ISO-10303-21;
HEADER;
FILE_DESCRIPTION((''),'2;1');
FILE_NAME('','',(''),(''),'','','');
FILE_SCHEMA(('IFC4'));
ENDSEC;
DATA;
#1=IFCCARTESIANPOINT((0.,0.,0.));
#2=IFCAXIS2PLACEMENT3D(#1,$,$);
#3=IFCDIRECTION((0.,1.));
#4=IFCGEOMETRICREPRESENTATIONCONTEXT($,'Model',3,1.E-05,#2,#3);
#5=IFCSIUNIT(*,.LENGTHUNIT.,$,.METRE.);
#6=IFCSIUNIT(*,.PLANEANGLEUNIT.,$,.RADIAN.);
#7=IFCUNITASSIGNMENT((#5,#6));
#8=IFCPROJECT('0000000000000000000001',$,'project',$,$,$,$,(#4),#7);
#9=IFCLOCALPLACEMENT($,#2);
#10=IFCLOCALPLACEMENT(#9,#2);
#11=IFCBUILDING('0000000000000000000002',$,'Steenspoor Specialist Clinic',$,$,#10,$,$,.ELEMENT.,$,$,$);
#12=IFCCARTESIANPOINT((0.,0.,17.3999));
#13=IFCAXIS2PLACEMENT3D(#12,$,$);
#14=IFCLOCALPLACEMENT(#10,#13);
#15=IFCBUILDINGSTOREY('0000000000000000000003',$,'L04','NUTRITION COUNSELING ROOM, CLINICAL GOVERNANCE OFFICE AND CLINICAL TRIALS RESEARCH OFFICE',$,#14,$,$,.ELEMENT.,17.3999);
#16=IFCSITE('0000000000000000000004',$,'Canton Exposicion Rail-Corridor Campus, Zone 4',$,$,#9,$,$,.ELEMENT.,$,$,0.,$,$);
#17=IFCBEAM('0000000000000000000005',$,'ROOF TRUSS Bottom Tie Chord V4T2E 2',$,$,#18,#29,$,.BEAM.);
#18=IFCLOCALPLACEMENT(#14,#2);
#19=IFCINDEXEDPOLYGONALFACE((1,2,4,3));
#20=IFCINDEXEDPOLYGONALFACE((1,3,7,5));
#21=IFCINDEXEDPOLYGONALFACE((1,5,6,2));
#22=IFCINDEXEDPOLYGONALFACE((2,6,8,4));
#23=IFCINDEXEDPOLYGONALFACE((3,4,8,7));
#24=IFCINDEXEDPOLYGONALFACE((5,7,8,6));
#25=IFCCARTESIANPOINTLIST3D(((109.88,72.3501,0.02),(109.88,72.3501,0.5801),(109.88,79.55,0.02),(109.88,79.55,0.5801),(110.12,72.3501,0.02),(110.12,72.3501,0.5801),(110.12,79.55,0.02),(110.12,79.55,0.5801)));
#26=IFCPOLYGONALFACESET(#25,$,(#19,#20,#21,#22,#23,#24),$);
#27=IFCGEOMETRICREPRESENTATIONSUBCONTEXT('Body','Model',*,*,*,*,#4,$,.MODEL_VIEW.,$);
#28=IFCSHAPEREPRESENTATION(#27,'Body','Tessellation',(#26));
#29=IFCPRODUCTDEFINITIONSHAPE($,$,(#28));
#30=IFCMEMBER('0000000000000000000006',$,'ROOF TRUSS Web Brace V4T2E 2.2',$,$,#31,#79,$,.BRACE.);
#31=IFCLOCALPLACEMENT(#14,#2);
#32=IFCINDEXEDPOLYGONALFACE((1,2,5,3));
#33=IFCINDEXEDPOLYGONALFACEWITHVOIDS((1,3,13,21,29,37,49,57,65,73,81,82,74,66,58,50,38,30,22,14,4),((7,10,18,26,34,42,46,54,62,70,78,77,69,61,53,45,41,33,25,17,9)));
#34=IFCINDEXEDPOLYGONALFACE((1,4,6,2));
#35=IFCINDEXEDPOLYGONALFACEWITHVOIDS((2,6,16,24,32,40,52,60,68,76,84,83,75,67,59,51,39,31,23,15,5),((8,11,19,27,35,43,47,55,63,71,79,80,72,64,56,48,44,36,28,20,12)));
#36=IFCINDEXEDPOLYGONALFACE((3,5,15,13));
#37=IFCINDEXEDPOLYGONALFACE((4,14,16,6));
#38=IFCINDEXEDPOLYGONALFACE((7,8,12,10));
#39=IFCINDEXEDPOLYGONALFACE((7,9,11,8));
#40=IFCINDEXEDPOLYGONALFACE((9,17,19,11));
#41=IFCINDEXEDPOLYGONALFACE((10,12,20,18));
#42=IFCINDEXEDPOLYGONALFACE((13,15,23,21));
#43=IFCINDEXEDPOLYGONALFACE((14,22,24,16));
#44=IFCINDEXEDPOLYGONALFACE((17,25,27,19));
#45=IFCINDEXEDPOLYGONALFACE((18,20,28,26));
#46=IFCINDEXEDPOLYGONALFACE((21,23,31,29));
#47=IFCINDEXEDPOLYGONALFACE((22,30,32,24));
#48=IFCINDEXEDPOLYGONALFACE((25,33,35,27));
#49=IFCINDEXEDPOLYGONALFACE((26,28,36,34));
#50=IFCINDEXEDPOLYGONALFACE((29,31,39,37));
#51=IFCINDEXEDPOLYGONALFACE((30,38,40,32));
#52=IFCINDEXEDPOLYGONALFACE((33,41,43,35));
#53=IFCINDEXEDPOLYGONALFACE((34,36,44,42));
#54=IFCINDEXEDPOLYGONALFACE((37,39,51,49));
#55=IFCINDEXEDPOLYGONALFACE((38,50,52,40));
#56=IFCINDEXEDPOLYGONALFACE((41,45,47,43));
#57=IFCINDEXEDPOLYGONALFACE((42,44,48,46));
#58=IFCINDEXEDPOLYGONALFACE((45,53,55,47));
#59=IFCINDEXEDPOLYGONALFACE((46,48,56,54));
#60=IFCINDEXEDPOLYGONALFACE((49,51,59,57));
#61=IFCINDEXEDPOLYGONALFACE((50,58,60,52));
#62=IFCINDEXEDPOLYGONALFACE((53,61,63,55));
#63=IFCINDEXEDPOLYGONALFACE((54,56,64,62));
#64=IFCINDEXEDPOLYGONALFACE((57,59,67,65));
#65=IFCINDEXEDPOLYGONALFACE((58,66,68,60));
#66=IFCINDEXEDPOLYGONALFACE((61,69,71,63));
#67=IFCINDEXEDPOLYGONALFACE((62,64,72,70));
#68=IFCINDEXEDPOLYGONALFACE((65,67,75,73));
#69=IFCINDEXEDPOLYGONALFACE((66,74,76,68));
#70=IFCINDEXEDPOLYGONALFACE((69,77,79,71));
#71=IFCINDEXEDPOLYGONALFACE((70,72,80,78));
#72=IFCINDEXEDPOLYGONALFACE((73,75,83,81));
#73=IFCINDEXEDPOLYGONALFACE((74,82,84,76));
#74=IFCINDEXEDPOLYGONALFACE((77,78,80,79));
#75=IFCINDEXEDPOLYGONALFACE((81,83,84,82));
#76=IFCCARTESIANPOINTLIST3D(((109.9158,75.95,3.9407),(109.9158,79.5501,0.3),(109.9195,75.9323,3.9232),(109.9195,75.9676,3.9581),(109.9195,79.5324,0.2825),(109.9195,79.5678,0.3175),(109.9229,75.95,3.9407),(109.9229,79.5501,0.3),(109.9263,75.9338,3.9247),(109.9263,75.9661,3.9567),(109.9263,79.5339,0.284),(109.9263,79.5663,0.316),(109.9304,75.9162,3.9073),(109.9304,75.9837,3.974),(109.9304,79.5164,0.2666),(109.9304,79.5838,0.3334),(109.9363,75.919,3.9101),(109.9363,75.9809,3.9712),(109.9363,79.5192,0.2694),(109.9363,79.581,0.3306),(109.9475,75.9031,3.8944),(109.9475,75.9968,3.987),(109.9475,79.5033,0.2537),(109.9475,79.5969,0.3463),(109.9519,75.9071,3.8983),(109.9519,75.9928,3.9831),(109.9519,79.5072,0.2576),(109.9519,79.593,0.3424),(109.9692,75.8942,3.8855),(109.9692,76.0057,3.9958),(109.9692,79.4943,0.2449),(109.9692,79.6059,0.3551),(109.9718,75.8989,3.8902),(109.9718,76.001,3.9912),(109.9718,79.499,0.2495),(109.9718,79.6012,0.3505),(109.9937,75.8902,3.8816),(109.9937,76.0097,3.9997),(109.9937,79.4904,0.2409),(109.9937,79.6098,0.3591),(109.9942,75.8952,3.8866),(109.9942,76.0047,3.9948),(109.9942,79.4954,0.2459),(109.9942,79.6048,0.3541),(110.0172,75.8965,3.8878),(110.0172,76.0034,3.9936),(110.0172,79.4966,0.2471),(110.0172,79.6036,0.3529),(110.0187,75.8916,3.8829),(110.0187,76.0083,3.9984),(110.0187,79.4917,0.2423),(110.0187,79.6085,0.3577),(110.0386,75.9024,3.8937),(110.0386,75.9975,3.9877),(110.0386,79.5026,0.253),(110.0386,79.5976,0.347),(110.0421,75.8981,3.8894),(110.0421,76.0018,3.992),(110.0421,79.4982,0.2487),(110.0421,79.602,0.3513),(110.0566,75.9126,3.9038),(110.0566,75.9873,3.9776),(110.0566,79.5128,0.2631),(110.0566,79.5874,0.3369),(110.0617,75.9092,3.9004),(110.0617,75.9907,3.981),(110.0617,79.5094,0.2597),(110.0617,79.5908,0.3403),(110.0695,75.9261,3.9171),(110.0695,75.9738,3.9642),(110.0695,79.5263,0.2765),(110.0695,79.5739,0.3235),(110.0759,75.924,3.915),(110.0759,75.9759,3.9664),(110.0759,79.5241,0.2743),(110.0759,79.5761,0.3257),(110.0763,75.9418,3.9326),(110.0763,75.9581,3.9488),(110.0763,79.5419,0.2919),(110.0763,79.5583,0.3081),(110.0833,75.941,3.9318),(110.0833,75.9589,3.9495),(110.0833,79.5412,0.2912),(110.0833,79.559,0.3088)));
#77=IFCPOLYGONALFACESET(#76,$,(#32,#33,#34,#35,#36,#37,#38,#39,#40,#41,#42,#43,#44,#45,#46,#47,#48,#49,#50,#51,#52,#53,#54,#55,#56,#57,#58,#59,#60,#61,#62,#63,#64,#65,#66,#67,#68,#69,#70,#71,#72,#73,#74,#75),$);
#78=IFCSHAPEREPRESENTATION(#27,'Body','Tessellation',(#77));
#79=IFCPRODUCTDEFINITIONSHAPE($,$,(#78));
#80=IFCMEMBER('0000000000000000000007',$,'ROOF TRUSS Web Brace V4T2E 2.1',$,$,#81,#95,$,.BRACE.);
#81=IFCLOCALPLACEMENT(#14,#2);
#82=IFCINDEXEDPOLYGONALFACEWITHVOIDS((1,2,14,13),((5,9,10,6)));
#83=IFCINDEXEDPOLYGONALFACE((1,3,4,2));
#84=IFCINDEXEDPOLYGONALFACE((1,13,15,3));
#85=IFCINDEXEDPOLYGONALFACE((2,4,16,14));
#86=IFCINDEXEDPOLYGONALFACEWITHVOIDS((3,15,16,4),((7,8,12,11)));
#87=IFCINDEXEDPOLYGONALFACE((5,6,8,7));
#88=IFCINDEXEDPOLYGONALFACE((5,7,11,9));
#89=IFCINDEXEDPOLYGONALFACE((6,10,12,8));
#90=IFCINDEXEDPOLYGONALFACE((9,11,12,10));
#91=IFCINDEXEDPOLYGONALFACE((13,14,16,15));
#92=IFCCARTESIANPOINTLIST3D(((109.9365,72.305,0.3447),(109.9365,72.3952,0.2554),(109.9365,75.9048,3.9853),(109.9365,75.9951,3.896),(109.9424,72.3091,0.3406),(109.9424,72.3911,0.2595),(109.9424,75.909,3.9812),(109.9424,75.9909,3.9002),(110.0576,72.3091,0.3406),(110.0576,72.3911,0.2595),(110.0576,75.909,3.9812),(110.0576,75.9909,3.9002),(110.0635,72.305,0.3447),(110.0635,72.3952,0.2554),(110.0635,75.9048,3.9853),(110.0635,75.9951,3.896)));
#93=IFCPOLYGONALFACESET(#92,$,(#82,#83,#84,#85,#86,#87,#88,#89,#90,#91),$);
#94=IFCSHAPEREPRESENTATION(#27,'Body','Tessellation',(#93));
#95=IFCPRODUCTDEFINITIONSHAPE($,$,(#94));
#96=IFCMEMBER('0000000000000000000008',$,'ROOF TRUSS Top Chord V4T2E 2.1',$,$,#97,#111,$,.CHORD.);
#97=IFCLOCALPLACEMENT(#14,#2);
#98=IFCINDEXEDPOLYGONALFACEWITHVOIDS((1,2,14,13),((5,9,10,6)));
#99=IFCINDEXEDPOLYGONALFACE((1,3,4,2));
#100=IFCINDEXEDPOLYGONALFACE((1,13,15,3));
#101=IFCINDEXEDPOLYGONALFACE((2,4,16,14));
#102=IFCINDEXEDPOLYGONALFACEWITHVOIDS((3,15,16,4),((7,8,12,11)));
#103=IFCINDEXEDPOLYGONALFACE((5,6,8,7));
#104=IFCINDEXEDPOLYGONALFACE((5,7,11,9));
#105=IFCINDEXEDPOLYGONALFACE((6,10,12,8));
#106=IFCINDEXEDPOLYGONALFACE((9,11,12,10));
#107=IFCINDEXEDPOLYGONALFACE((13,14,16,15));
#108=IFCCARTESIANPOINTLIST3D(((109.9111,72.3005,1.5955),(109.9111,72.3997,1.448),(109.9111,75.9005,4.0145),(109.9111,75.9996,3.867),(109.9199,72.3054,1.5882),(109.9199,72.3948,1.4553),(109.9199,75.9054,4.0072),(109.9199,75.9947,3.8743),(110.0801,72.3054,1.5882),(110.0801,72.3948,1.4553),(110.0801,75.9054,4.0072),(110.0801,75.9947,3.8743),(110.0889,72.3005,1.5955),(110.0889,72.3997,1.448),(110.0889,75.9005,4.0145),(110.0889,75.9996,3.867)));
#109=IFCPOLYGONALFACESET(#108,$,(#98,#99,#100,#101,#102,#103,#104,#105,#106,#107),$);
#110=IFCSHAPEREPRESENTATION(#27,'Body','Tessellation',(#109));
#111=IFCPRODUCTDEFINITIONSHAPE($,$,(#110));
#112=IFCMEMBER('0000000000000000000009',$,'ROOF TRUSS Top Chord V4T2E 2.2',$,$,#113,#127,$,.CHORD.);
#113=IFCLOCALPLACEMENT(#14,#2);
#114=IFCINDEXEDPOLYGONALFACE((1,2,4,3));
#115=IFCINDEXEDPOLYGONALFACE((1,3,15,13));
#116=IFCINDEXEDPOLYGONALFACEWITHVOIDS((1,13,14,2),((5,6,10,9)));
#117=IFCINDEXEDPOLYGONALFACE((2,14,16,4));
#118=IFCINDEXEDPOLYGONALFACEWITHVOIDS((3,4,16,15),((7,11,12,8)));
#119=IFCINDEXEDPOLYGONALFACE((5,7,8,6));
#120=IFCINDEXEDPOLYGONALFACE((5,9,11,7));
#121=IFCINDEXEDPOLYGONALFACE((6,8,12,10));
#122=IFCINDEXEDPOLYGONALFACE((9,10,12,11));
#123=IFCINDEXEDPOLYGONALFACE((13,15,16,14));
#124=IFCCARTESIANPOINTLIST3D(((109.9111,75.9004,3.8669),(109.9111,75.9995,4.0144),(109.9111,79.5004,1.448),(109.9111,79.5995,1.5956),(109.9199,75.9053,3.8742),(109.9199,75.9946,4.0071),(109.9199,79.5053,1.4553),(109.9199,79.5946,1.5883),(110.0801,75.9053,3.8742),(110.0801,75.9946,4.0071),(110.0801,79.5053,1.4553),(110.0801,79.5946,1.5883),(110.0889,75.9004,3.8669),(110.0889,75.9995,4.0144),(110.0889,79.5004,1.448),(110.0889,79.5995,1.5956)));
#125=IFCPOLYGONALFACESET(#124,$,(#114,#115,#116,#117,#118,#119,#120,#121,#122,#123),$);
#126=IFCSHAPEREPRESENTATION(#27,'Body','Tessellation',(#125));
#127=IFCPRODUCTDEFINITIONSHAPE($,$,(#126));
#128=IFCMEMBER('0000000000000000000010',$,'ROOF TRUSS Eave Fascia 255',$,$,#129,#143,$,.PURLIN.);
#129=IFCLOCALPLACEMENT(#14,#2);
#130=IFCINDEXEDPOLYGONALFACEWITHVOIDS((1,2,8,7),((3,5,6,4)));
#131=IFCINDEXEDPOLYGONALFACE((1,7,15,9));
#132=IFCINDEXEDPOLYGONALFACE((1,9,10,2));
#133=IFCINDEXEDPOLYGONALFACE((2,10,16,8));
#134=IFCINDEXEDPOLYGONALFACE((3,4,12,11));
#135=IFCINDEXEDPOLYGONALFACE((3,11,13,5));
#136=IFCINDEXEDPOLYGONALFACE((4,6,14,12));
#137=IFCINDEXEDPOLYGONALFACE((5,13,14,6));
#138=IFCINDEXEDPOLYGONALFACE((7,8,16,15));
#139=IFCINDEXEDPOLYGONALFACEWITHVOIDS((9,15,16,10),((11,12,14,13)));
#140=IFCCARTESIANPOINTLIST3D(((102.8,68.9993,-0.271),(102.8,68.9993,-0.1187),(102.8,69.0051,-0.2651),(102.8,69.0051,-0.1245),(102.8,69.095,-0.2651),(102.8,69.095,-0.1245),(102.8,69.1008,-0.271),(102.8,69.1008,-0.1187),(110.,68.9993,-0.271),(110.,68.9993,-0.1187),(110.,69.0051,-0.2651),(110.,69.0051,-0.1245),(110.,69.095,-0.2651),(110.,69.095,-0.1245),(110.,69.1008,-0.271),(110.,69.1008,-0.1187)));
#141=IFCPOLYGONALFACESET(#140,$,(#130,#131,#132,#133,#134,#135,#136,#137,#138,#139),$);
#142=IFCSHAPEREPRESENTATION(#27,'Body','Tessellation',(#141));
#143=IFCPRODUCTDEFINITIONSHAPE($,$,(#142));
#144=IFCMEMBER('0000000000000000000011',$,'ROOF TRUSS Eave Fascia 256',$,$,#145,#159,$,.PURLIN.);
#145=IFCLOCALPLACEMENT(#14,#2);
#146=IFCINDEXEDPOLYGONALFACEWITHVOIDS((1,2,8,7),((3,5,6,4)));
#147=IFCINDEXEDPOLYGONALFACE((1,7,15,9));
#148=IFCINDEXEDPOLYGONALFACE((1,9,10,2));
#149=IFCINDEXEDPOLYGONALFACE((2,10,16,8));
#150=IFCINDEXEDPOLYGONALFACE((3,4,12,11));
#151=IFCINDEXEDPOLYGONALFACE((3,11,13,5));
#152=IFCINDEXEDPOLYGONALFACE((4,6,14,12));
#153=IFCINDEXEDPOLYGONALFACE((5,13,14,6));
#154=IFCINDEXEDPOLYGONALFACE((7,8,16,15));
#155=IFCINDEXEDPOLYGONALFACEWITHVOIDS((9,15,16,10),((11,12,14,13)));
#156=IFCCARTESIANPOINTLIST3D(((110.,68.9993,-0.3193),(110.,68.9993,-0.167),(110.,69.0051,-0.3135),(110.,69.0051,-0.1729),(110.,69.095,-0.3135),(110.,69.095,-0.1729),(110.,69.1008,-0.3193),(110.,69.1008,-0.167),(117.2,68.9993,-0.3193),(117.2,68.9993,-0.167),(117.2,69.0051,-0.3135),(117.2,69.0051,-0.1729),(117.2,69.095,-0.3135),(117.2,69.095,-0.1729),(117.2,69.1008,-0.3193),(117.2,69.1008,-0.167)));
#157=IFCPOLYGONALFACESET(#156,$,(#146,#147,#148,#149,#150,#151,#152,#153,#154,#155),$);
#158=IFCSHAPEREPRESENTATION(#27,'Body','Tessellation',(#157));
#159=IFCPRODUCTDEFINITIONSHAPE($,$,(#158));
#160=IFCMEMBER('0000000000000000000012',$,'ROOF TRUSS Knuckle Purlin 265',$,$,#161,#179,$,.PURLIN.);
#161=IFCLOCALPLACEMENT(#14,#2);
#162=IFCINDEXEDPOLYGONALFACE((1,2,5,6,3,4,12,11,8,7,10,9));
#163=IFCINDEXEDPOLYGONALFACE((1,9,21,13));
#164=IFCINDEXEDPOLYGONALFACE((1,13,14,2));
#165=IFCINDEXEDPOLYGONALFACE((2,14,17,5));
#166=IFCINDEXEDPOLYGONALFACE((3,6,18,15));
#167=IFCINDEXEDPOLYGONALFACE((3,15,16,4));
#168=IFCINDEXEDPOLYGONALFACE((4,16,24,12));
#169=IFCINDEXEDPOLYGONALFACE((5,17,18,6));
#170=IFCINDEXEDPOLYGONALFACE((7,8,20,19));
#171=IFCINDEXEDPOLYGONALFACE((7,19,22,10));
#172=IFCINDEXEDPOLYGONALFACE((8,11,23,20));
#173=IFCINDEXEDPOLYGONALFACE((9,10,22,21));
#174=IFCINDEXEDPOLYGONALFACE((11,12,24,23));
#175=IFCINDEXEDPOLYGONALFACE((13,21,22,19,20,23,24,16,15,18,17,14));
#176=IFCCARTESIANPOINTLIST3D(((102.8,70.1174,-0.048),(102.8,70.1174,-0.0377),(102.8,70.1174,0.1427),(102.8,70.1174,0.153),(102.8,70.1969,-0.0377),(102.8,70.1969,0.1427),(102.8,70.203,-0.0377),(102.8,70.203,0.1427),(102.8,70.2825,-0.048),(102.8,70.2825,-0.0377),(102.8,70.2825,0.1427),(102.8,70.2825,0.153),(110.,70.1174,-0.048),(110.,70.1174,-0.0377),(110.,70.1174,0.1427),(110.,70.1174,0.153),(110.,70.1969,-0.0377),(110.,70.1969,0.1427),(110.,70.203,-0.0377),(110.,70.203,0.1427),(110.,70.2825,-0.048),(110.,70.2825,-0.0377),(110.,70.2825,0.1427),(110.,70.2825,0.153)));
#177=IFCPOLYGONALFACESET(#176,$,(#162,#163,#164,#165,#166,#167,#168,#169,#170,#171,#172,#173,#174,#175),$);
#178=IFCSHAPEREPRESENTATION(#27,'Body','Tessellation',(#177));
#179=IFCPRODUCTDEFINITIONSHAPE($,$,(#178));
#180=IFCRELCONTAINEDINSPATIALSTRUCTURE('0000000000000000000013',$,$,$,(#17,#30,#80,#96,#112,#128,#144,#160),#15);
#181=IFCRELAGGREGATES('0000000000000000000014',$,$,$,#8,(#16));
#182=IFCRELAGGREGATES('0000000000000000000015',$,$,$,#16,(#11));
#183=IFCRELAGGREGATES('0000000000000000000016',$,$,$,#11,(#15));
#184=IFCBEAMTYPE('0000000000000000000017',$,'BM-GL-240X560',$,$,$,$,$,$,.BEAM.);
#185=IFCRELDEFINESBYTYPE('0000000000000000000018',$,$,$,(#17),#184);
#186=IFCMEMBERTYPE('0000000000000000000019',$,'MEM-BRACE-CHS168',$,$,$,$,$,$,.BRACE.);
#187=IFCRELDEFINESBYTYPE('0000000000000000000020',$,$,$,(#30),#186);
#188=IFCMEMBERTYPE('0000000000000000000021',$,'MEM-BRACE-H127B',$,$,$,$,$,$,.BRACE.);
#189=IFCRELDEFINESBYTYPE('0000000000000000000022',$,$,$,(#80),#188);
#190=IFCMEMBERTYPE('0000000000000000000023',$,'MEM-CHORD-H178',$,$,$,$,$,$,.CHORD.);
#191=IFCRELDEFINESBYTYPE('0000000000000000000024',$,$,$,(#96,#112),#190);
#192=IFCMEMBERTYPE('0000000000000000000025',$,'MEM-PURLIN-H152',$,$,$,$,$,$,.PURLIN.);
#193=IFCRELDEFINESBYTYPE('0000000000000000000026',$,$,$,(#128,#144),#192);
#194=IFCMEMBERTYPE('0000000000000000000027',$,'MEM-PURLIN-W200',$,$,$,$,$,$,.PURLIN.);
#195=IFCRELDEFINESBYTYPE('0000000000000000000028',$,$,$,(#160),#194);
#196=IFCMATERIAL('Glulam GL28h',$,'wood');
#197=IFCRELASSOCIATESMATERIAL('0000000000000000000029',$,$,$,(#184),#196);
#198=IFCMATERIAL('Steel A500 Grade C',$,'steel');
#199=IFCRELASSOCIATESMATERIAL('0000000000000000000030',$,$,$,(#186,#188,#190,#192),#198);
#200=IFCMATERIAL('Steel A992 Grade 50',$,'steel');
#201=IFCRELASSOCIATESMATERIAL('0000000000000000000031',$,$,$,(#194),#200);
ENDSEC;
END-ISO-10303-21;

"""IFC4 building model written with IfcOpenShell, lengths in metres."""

from ifc_helpers import new_model, si_unit, direction, frame, origin, origin_2d, place, context, subcontext, project, spatial, rectangle, hollow_rectangle, hollow_circle, i_section, extrude, material, material_profile, profile_set, type_object, element, save


model = new_model("IFC4")

# Units and contexts
model_context = context("Model", 3, precision=1e-05, world=origin(), true_north=direction((0.0, 1.0)))
body_context = subcontext(model_context, "Body", "Model", "MODEL_VIEW")
ifc_project = project(units=[si_unit("LENGTHUNIT", "METRE"), si_unit("PLANEANGLEUNIT", "RADIAN")], contexts=[model_context])

# Site, building, storey
site_placement = place(None, origin())
site = spatial("IfcSite", under=ifc_project, at=site_placement, Name="Canton Exposicion Rail-Corridor Campus, Zone 4", CompositionType="ELEMENT", RefElevation=0.0)
building_placement = place(site_placement, origin())
building = spatial("IfcBuilding", under=site, at=building_placement, Name="Steenspoor Specialist Clinic", CompositionType="ELEMENT")
storey_placement = place(building_placement, frame((0.0, 0.0, 17.3999)))
storey = spatial("IfcBuildingStorey", under=building, at=storey_placement, Name="L04", Description="NUTRITION COUNSELING ROOM, CLINICAL GOVERNANCE OFFICE AND CLINICAL TRIALS RESEARCH OFFICE", CompositionType="ELEMENT", Elevation=17.3999)

# Beam
ifc_material_1 = material(Name="Glulam GL28h", Category="wood")
ifc_material_profile_1 = material_profile(ifc_material_1, rectangle(XDim=0.24, YDim=0.5601, at=origin_2d()), Name="GL28H-240X560")
ifc_profile_set_1 = profile_set([ifc_material_profile_1], Name="Glulam GL28h")
beam_type = type_object("IfcBeamType", Name="BM-GL-240X560", PredefinedType="BEAM", material=ifc_profile_set_1)
beam_placement = place(storey_placement, frame((110.0, 72.3501, 0.3), z_axis=(0.0, 1.0, 0.0), x_axis=(-1.0, 0.0, 0.0)))
element("IfcBeam", 1, at=beam_placement, inside=storey, type_object=beam_type, Name="ROOF TRUSS Bottom Tie Chord V4T2E 2", PredefinedType="BEAM", context=body_context, shape_type="SweptSolid", body=[
    extrude(rectangle(XDim=0.24, YDim=0.5601, at=origin_2d()), origin(), (0.0, 0.0, 1.0), 7.2),
])

# Members
ifc_material_2 = material(Name="Steel A500 Grade C", Category="steel")
ifc_material_profile_2 = material_profile(ifc_material_2, hollow_circle(Radius=0.0842, WallThickness=0.0071, at=origin_2d()), Name="CHS168X7.1")
ifc_profile_set_2 = profile_set([ifc_material_profile_2], Name="Steel A500 Grade C")
member_type_1 = type_object("IfcMemberType", Name="MEM-BRACE-CHS168", PredefinedType="BRACE", material=ifc_profile_set_2)
member_1_placement = place(storey_placement, frame((110.0, 75.95, 3.9407), z_axis=(0.0, 0.703138, -0.711053), x_axis=(-1.0, 0.0, 0.0)))
element("IfcMember", 2, at=member_1_placement, inside=storey, type_object=member_type_1, Name="ROOF TRUSS Web Brace V4T2E 2.2", PredefinedType="BRACE", context=body_context, shape_type="SweptSolid", body=[
    extrude(hollow_circle(Radius=0.0842, WallThickness=0.0071, at=origin_2d()), origin(), (0.0, 0.0, 1.0), 5.1201),
])
ifc_material_profile_3 = material_profile(ifc_material_2, hollow_rectangle(XDim=0.127, YDim=0.127, WallThickness=0.0059, at=origin_2d()), Name="HSS127X127X6.4")
ifc_profile_set_3 = profile_set([ifc_material_profile_3], Name="Steel A500 Grade C")
member_type_2 = type_object("IfcMemberType", Name="MEM-BRACE-H127B", PredefinedType="BRACE", material=ifc_profile_set_3)
member_2_placement = place(storey_placement, frame((110.0, 72.3501, 0.3), z_axis=(0.0, 0.703114, 0.711077), x_axis=(-1.0, 0.0, 0.0)))
element("IfcMember", 3, at=member_2_placement, inside=storey, type_object=member_type_2, Name="ROOF TRUSS Web Brace V4T2E 2.1", PredefinedType="BRACE", context=body_context, shape_type="SweptSolid", body=[
    extrude(hollow_rectangle(XDim=0.127, YDim=0.127, WallThickness=0.0059, at=origin_2d()), origin(), (0.0, 0.0, 1.0), 5.1199),
])
ifc_material_profile_4 = material_profile(ifc_material_2, hollow_rectangle(XDim=0.1777, YDim=0.1777, WallThickness=0.0088, at=origin_2d()), Name="HSS178X178X9.5")
ifc_profile_set_4 = profile_set([ifc_material_profile_4], Name="Steel A500 Grade C")
member_type_3 = type_object("IfcMemberType", Name="MEM-CHORD-H178", PredefinedType="CHORD", material=ifc_profile_set_4)
for number, where, z_axis, x_axis, name in (
    (4, (110.0, 72.3501, 1.5217), (0.0, 0.830018, 0.557736), (-1.0, 0.0, 0.0), "ROOF TRUSS Top Chord V4T2E 2.1"),
    (5, (110.0, 75.95, 3.9407), (0.0, 0.830036, -0.55771), (-1.0, 0.0, 0.0), "ROOF TRUSS Top Chord V4T2E 2.2"),
):
    element("IfcMember", number, at=place(storey_placement, frame(where, z_axis=z_axis, x_axis=x_axis)), inside=storey, type_object=member_type_3, Name=name, PredefinedType="CHORD", context=body_context, shape_type="SweptSolid", body=[
        extrude(hollow_rectangle(XDim=0.1777, YDim=0.1777, WallThickness=0.0088, at=origin_2d()), origin(), (0.0, 0.0, 1.0), 4.3372),
    ])
ifc_material_profile_5 = material_profile(ifc_material_2, hollow_rectangle(XDim=0.1016, YDim=0.1523, WallThickness=0.0059, at=origin_2d()), Name="HSS152X102X6.4")
ifc_profile_set_5 = profile_set([ifc_material_profile_5], Name="Steel A500 Grade C")
member_type_4 = type_object("IfcMemberType", Name="MEM-PURLIN-H152", PredefinedType="PURLIN", material=ifc_profile_set_5)
for number, where, z_axis, x_axis, name in (
    (6, (102.8, 69.05, -0.1948), (1.0, 0.0, 0.0), (0.0, 1.0, 0.0), "ROOF TRUSS Eave Fascia 255"),
    (7, (110.0, 69.05, -0.2432), (1.0, 0.0, 0.0), (0.0, 1.0, 0.0), "ROOF TRUSS Eave Fascia 256"),
):
    element("IfcMember", number, at=place(storey_placement, frame(where, z_axis=z_axis, x_axis=x_axis)), inside=storey, type_object=member_type_4, Name=name, PredefinedType="PURLIN", context=body_context, shape_type="SweptSolid", body=[
        extrude(hollow_rectangle(XDim=0.1016, YDim=0.1523, WallThickness=0.0059, at=origin_2d()), origin(), (0.0, 0.0, 1.0), 7.2),
    ])
ifc_material_3 = material(Name="Steel A992 Grade 50", Category="steel")
ifc_material_profile_6 = material_profile(ifc_material_3, i_section(OverallWidth=0.165, OverallDepth=0.2009, WebThickness=0.0061, FlangeThickness=0.0103, at=origin_2d()), Name="W200X36")
ifc_profile_set_6 = profile_set([ifc_material_profile_6], Name="Steel A992 Grade 50")
member_type_5 = type_object("IfcMemberType", Name="MEM-PURLIN-W200", PredefinedType="PURLIN", material=ifc_profile_set_6)
member_3_placement = place(storey_placement, frame((102.8, 70.2, 0.0525), z_axis=(1.0, 0.0, 0.0), x_axis=(0.0, 1.0, 0.0)))
element("IfcMember", 8, at=member_3_placement, inside=storey, type_object=member_type_5, Name="ROOF TRUSS Knuckle Purlin 265", PredefinedType="PURLIN", context=body_context, shape_type="SweptSolid", body=[
    extrude(i_section(OverallWidth=0.165, OverallDepth=0.2009, WebThickness=0.0061, FlangeThickness=0.0103, at=origin_2d()), origin(), (0.0, 0.0, 1.0), 7.2),
])

save(model, "model.ifc")
